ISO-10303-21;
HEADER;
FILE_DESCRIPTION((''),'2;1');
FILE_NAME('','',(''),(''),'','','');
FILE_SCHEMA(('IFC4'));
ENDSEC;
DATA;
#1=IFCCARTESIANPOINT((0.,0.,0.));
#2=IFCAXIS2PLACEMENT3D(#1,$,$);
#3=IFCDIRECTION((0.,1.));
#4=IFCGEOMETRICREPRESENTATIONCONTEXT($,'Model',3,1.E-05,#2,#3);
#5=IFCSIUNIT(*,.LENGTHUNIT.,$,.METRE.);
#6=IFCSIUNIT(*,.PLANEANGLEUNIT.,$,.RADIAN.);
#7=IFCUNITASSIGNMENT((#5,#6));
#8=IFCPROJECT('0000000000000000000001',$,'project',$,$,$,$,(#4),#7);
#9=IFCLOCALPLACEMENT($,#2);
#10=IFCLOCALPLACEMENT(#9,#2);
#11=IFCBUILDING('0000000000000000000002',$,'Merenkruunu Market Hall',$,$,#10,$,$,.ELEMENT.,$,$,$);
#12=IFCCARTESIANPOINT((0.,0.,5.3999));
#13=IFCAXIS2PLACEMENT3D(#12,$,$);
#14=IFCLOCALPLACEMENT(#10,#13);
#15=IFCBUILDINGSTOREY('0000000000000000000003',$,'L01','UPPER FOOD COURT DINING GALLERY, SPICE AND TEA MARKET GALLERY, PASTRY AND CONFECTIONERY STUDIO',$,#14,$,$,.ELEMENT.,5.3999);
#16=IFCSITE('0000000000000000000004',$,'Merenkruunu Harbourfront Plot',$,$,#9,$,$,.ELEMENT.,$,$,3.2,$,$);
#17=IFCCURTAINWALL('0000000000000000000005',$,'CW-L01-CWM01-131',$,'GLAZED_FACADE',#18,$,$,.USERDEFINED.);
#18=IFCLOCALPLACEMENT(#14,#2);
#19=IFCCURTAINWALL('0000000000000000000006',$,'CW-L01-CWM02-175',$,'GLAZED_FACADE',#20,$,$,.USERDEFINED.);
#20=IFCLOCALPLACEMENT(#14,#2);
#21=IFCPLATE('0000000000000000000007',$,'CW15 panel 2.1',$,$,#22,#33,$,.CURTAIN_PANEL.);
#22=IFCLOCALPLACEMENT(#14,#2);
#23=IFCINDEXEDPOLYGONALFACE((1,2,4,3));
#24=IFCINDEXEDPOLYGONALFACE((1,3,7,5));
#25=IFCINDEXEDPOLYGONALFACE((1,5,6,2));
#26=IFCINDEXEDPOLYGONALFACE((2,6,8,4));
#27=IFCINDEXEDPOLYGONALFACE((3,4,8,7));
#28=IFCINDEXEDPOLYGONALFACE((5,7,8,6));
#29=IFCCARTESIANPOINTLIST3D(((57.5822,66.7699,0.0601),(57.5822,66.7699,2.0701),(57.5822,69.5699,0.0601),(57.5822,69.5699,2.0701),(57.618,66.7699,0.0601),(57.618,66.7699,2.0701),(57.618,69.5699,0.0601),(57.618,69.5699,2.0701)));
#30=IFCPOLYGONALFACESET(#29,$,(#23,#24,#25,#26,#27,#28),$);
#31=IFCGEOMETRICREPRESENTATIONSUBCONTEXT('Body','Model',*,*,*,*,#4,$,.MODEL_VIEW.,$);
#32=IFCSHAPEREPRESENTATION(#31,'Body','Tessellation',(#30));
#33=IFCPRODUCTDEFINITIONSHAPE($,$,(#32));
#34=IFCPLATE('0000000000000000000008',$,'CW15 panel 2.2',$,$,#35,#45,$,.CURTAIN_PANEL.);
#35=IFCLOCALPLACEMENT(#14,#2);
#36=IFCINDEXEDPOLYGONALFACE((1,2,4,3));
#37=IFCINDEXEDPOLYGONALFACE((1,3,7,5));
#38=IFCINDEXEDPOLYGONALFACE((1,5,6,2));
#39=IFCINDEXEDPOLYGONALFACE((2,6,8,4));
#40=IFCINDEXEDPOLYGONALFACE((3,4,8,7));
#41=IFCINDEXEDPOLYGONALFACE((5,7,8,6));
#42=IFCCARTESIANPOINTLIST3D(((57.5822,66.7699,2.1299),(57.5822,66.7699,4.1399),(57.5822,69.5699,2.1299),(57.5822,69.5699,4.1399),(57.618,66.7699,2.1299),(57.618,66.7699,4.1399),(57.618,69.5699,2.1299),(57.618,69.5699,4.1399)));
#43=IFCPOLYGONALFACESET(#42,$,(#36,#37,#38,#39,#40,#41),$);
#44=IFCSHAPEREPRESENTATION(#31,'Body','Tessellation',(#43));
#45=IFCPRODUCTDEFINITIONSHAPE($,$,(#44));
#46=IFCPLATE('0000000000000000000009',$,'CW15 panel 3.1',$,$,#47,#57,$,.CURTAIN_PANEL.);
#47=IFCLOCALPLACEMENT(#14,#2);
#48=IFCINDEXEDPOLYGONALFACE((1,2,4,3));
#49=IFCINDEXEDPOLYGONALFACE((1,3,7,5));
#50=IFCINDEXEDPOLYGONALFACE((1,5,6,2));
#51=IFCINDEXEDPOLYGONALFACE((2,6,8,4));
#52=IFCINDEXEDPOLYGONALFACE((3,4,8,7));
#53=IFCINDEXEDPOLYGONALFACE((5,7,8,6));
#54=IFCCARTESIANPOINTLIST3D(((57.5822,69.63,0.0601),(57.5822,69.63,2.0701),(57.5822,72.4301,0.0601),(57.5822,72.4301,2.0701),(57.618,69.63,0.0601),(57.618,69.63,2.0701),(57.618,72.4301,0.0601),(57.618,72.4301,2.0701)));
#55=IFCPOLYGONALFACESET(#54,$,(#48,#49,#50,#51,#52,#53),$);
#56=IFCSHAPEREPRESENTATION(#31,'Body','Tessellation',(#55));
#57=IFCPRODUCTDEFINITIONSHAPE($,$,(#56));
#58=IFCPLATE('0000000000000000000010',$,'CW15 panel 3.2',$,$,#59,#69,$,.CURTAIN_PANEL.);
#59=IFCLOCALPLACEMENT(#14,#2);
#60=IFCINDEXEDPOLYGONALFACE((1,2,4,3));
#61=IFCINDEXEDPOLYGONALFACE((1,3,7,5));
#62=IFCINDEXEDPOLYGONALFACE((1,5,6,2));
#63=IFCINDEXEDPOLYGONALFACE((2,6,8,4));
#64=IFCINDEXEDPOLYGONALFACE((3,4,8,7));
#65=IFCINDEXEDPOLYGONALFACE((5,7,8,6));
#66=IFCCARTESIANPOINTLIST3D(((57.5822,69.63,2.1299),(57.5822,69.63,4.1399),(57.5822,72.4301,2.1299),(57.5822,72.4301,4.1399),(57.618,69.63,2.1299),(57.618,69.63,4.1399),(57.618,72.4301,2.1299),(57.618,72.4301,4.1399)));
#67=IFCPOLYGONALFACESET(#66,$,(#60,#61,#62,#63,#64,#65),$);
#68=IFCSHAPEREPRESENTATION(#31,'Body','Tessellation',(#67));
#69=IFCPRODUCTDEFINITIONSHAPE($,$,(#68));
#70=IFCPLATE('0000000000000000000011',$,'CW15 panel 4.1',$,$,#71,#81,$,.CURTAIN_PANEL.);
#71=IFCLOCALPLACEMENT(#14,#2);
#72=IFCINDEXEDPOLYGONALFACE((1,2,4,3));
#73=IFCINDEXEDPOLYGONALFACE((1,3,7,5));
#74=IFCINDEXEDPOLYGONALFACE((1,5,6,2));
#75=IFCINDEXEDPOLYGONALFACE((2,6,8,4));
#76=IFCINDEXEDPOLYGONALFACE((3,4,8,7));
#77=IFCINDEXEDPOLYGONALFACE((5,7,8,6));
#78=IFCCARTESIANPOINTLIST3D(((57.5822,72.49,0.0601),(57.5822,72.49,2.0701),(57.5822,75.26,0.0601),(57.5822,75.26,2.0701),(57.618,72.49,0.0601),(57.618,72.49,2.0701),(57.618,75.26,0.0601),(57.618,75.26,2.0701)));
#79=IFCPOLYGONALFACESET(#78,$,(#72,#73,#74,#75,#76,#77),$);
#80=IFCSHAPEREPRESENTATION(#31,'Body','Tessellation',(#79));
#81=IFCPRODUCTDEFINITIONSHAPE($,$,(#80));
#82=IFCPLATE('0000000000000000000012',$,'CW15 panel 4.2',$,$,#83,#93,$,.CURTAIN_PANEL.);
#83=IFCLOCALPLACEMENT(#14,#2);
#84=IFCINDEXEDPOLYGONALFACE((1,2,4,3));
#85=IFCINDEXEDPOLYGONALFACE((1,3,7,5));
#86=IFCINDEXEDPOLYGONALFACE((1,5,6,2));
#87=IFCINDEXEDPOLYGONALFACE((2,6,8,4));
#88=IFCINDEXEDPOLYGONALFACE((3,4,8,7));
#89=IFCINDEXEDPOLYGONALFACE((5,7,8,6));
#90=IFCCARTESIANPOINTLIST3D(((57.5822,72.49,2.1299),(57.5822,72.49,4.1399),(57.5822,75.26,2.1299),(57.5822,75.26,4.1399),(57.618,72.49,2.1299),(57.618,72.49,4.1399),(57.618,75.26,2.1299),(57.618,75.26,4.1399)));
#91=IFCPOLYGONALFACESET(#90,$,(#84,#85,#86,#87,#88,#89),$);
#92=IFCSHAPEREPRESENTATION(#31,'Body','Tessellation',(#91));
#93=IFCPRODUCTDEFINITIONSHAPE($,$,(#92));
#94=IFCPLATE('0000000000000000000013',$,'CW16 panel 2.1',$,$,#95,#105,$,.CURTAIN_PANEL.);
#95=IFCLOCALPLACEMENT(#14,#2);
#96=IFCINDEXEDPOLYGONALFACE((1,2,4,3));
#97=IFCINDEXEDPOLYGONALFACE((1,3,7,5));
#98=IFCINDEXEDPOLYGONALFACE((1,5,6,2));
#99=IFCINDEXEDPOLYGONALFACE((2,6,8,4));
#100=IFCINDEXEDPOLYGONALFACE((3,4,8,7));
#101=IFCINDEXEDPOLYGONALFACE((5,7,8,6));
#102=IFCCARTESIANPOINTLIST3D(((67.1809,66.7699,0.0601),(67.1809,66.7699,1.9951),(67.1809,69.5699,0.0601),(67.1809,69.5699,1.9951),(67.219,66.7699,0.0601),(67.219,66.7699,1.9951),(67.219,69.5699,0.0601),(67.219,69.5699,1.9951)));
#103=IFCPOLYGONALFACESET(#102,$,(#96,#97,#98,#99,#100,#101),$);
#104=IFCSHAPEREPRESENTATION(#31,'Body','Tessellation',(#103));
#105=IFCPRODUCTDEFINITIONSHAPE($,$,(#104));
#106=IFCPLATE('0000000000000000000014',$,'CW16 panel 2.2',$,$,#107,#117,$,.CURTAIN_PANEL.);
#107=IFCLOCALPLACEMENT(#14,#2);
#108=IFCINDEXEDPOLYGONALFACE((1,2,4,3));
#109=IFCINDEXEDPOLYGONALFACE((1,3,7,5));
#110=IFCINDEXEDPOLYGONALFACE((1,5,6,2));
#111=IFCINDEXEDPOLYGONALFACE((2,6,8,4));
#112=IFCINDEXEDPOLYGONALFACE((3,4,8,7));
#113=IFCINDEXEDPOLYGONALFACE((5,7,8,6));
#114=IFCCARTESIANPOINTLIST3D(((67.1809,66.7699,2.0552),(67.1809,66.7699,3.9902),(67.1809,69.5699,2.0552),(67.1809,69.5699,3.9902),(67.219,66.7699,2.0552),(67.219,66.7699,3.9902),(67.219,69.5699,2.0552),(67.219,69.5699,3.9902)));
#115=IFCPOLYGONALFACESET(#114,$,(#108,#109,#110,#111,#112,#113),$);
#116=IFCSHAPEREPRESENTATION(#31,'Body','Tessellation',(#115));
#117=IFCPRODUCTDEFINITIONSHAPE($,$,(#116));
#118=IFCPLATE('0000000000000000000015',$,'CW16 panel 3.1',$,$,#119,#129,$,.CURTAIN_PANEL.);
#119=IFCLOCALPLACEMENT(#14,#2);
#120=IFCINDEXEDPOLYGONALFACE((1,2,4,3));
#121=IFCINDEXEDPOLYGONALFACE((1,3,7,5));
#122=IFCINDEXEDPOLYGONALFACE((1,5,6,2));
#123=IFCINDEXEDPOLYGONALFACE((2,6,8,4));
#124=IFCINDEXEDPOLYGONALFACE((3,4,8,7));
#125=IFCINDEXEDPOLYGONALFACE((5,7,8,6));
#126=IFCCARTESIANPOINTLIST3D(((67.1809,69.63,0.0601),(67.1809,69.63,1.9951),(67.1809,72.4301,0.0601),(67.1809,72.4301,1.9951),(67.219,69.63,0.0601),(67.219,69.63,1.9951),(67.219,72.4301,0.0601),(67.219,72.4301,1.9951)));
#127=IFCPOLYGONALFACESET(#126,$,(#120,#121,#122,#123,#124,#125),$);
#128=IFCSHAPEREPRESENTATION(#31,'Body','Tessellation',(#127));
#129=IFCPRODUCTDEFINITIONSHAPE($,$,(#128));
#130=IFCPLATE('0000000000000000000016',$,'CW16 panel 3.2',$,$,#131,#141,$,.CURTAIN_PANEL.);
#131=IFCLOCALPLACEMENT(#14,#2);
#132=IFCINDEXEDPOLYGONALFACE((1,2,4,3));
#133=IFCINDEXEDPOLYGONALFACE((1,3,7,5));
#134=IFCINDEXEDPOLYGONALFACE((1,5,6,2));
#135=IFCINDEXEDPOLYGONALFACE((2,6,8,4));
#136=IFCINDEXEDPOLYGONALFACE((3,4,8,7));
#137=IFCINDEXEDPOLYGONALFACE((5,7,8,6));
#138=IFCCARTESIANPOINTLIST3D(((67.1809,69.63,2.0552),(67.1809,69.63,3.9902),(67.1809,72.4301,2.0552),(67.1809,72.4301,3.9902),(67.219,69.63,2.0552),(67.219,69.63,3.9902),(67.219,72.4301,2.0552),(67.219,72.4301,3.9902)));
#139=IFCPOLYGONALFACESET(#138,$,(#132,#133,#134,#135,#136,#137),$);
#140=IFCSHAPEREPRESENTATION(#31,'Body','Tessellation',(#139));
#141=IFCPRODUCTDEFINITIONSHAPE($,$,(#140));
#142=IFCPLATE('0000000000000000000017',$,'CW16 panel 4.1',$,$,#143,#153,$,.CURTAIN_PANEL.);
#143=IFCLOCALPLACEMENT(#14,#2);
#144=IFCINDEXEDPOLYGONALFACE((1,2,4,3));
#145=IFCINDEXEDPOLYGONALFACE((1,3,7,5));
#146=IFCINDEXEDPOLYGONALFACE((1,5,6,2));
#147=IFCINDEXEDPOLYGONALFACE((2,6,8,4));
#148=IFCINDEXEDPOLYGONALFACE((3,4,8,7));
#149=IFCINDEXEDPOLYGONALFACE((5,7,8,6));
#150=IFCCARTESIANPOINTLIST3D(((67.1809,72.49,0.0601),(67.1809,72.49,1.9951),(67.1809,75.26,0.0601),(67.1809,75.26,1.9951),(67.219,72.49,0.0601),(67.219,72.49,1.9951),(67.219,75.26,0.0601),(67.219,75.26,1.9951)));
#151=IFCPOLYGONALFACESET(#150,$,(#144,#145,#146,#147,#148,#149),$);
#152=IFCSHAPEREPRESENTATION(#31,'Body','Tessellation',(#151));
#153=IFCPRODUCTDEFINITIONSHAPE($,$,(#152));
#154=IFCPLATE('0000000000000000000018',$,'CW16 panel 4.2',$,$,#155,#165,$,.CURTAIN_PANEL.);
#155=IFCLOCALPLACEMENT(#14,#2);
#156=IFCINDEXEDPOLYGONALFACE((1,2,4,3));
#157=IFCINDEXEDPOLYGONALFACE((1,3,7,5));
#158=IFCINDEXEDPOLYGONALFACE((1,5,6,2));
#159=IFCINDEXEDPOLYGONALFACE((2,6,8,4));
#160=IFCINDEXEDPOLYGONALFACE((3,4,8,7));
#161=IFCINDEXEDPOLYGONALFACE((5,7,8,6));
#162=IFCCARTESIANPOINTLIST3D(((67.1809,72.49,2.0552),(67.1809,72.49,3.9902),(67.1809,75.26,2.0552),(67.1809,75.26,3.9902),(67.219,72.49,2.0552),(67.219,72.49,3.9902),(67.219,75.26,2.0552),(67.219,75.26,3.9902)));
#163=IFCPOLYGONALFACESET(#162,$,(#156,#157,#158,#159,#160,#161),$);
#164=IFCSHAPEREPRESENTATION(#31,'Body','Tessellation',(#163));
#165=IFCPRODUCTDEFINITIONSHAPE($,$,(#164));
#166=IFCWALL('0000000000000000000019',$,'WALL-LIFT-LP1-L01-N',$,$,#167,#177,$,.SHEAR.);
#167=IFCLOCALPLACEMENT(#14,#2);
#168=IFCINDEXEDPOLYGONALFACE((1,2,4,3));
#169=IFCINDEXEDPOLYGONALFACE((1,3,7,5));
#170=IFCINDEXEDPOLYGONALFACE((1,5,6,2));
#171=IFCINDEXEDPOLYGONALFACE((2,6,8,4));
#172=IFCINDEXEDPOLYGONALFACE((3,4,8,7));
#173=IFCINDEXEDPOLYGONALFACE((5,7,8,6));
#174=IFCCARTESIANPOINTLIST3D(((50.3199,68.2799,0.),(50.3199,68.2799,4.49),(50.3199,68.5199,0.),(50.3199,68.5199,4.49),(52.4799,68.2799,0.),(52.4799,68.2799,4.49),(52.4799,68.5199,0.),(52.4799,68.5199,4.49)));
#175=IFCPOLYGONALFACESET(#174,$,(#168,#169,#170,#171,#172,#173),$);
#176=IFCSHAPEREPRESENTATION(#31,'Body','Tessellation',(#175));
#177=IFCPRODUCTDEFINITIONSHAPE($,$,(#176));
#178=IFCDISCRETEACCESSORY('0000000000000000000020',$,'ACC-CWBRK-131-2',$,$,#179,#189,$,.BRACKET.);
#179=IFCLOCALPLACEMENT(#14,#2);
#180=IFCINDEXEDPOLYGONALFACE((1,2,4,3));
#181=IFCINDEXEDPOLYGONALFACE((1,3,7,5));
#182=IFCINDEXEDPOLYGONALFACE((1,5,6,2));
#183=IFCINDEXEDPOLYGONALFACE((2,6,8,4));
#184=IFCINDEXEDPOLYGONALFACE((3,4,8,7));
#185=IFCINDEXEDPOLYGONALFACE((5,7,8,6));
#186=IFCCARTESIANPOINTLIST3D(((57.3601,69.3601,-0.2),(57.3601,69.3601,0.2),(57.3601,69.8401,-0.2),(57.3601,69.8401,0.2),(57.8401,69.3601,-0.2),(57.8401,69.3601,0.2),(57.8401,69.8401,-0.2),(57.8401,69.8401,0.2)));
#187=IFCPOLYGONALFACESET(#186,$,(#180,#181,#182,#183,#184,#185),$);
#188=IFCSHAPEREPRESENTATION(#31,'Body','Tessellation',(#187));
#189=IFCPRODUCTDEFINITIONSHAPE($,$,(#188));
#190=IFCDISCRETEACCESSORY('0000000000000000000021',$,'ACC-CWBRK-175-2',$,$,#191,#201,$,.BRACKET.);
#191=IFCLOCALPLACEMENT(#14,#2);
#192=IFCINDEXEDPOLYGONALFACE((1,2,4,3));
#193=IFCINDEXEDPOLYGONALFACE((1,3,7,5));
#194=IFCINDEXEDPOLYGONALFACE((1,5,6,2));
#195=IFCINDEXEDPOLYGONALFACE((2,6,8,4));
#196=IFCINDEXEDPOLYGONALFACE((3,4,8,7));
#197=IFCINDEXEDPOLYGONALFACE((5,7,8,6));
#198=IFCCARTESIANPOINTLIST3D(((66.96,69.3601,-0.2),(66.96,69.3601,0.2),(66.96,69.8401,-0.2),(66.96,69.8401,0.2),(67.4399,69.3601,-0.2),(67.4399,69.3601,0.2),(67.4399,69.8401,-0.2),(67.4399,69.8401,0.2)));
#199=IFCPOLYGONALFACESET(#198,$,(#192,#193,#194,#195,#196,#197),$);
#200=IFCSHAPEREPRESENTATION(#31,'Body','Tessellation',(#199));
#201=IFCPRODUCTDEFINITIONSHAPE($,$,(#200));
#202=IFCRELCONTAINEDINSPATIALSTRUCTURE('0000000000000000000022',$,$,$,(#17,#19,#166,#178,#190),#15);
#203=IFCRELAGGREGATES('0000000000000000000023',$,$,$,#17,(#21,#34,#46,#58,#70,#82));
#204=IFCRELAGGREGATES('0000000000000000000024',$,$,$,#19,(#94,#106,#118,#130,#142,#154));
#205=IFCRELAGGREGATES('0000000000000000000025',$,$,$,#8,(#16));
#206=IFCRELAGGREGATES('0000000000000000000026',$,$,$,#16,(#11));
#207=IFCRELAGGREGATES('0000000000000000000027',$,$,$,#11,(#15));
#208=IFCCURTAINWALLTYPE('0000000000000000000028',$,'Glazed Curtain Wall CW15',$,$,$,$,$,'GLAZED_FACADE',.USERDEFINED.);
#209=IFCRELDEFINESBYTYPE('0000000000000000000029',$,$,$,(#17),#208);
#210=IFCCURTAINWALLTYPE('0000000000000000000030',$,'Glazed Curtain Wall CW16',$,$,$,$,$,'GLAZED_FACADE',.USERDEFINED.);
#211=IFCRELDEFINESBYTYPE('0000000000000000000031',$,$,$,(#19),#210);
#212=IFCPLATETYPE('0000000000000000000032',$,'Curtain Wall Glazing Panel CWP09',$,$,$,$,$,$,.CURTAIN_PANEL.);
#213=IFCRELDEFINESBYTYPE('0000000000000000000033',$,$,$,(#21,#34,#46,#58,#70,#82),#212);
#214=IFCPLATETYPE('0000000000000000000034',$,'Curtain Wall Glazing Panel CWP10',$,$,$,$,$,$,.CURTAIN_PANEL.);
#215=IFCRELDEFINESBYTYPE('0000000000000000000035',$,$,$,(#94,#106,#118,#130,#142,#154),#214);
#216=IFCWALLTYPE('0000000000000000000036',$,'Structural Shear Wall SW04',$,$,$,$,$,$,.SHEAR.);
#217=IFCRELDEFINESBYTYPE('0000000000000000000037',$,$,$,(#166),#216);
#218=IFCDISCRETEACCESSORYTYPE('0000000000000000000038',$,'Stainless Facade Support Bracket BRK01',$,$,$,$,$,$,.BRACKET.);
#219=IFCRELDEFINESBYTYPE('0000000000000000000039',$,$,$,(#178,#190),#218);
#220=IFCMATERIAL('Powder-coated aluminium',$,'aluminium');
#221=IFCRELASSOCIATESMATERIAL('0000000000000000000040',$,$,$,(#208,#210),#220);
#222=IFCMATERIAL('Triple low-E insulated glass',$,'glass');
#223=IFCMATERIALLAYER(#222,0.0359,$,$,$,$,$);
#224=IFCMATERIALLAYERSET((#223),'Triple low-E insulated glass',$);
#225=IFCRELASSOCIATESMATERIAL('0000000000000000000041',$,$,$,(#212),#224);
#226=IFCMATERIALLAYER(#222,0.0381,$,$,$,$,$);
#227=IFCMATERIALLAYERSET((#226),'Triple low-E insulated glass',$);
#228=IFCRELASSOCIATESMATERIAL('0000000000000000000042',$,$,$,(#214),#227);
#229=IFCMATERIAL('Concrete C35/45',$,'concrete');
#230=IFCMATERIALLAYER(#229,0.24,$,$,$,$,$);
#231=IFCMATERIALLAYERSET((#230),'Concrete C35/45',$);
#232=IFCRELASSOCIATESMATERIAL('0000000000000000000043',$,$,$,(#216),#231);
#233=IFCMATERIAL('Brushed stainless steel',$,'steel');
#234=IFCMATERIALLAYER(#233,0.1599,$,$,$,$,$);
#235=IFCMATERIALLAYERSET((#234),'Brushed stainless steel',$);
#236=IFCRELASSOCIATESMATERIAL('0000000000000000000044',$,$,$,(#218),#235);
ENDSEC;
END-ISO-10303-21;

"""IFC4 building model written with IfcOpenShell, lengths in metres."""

from ifc_helpers import new_model, si_unit, direction, frame, frame_2d, origin, origin_2d, place, context, subcontext, project, spatial, rectangle, extrude, material, layer, layer_set, type_object, element, aggregate, save


model = new_model("IFC4")

# Units and contexts
model_context = context("Model", 3, precision=1e-05, world=origin(), true_north=direction((0.0, 1.0)))
body_context = subcontext(model_context, "Body", "Model", "MODEL_VIEW")
ifc_project = project(units=[si_unit("LENGTHUNIT", "METRE"), si_unit("PLANEANGLEUNIT", "RADIAN")], contexts=[model_context])

# Site, building, storey
site_placement = place(None, origin())
site = spatial("IfcSite", under=ifc_project, at=site_placement, Name="Merenkruunu Harbourfront Plot", CompositionType="ELEMENT", RefElevation=3.2)
building_placement = place(site_placement, origin())
building = spatial("IfcBuilding", under=site, at=building_placement, Name="Merenkruunu Market Hall", CompositionType="ELEMENT")
storey_placement = place(building_placement, frame((0.0, 0.0, 5.3999)))
storey = spatial("IfcBuildingStorey", under=building, at=storey_placement, Name="L01", Description="UPPER FOOD COURT DINING GALLERY, SPICE AND TEA MARKET GALLERY, PASTRY AND CONFECTIONERY STUDIO", CompositionType="ELEMENT", Elevation=5.3999)

# Curtain walls
ifc_material_1 = material(Name="Powder-coated aluminium", Category="aluminium")
curtain_wall_type_1 = type_object("IfcCurtainWallType", Name="Glazed Curtain Wall CW15", ElementType="GLAZED_FACADE", PredefinedType="USERDEFINED", material=ifc_material_1)
curtain_wall_1_placement = place(storey_placement, origin())
curtain_wall_1 = element("IfcCurtainWall", 1, at=curtain_wall_1_placement, inside=storey, type_object=curtain_wall_type_1, Name="CW-L01-CWM01-131", ObjectType="GLAZED_FACADE", PredefinedType="USERDEFINED")
curtain_wall_type_2 = type_object("IfcCurtainWallType", Name="Glazed Curtain Wall CW16", ElementType="GLAZED_FACADE", PredefinedType="USERDEFINED", material=ifc_material_1)
curtain_wall_2_placement = place(storey_placement, origin())
curtain_wall_2 = element("IfcCurtainWall", 2, at=curtain_wall_2_placement, inside=storey, type_object=curtain_wall_type_2, Name="CW-L01-CWM02-175", ObjectType="GLAZED_FACADE", PredefinedType="USERDEFINED")

# Plates
ifc_material_2 = material(Name="Triple low-E insulated glass", Category="glass")
ifc_layer_1 = layer(ifc_material_2, 0.0359)
ifc_layer_set_1 = layer_set([ifc_layer_1], Name="Triple low-E insulated glass")
plate_type_1 = type_object("IfcPlateType", Name="Curtain Wall Glazing Panel CWP09", PredefinedType="CURTAIN_PANEL", material=ifc_layer_set_1)
plate_1_placement = place(storey_placement, frame((57.6001, 68.1699, 0.0601), z_axis=(0.0, 0.0, 1.0), x_axis=(0.0, 1.0, 0.0)))
plate_1 = element("IfcPlate", 3, at=plate_1_placement, type_object=plate_type_1, Name="CW15 panel 2.1", PredefinedType="CURTAIN_PANEL", context=body_context, shape_type="SweptSolid", body=[
    extrude(rectangle(XDim=2.8, YDim=0.0359, at=origin_2d()), origin(), (0.0, 0.0, 1.0), 2.01),
])
plate_2_placement = place(storey_placement, frame((57.6001, 68.1699, 2.1299), z_axis=(0.0, 0.0, 1.0), x_axis=(0.0, 1.0, 0.0)))
plate_2 = element("IfcPlate", 4, at=plate_2_placement, type_object=plate_type_1, Name="CW15 panel 2.2", PredefinedType="CURTAIN_PANEL", context=body_context, shape_type="SweptSolid", body=[
    extrude(rectangle(XDim=2.8, YDim=0.0359, at=origin_2d()), origin(), (0.0, 0.0, 1.0), 2.01),
])
plate_3_placement = place(storey_placement, frame((57.6001, 71.03, 0.0601), z_axis=(0.0, 0.0, 1.0), x_axis=(0.0, 1.0, 0.0)))
plate_3 = element("IfcPlate", 5, at=plate_3_placement, type_object=plate_type_1, Name="CW15 panel 3.1", PredefinedType="CURTAIN_PANEL", context=body_context, shape_type="SweptSolid", body=[
    extrude(rectangle(XDim=2.8, YDim=0.0359, at=origin_2d()), origin(), (0.0, 0.0, 1.0), 2.01),
])
plate_4_placement = place(storey_placement, frame((57.6001, 71.03, 2.1299), z_axis=(0.0, 0.0, 1.0), x_axis=(0.0, 1.0, 0.0)))
plate_4 = element("IfcPlate", 6, at=plate_4_placement, type_object=plate_type_1, Name="CW15 panel 3.2", PredefinedType="CURTAIN_PANEL", context=body_context, shape_type="SweptSolid", body=[
    extrude(rectangle(XDim=2.8, YDim=0.0359, at=origin_2d()), origin(), (0.0, 0.0, 1.0), 2.01),
])
plate_5_placement = place(storey_placement, frame((57.6001, 73.875, 0.0601), z_axis=(0.0, 0.0, 1.0), x_axis=(0.0, 1.0, 0.0)))
plate_5 = element("IfcPlate", 7, at=plate_5_placement, type_object=plate_type_1, Name="CW15 panel 4.1", PredefinedType="CURTAIN_PANEL", context=body_context, shape_type="SweptSolid", body=[
    extrude(rectangle(XDim=2.77, YDim=0.0359, at=origin_2d()), origin(), (0.0, 0.0, 1.0), 2.01),
])
plate_6_placement = place(storey_placement, frame((57.6001, 73.875, 2.1299), z_axis=(0.0, 0.0, 1.0), x_axis=(0.0, 1.0, 0.0)))
plate_6 = element("IfcPlate", 8, at=plate_6_placement, type_object=plate_type_1, Name="CW15 panel 4.2", PredefinedType="CURTAIN_PANEL", context=body_context, shape_type="SweptSolid", body=[
    extrude(rectangle(XDim=2.77, YDim=0.0359, at=origin_2d()), origin(), (0.0, 0.0, 1.0), 2.01),
])
aggregate(curtain_wall_1, [plate_1, plate_2, plate_3, plate_4, plate_5, plate_6])
ifc_layer_2 = layer(ifc_material_2, 0.0381)
ifc_layer_set_2 = layer_set([ifc_layer_2], Name="Triple low-E insulated glass")
plate_type_2 = type_object("IfcPlateType", Name="Curtain Wall Glazing Panel CWP10", PredefinedType="CURTAIN_PANEL", material=ifc_layer_set_2)
plate_7_placement = place(storey_placement, frame((67.2, 68.1699, 0.0601), z_axis=(0.0, 0.0, 1.0), x_axis=(0.0, 1.0, 0.0)))
plate_7 = element("IfcPlate", 9, at=plate_7_placement, type_object=plate_type_2, Name="CW16 panel 2.1", PredefinedType="CURTAIN_PANEL", context=body_context, shape_type="SweptSolid", body=[
    extrude(rectangle(XDim=2.8, YDim=0.0381, at=origin_2d()), origin(), (0.0, 0.0, 1.0), 1.9351),
])
plate_8_placement = place(storey_placement, frame((67.2, 68.1699, 2.0552), z_axis=(0.0, 0.0, 1.0), x_axis=(0.0, 1.0, 0.0)))
plate_8 = element("IfcPlate", 10, at=plate_8_placement, type_object=plate_type_2, Name="CW16 panel 2.2", PredefinedType="CURTAIN_PANEL", context=body_context, shape_type="SweptSolid", body=[
    extrude(rectangle(XDim=2.8, YDim=0.0381, at=origin_2d()), origin(), (0.0, 0.0, 1.0), 1.9351),
])
plate_9_placement = place(storey_placement, frame((67.2, 71.03, 0.0601), z_axis=(0.0, 0.0, 1.0), x_axis=(0.0, 1.0, 0.0)))
plate_9 = element("IfcPlate", 11, at=plate_9_placement, type_object=plate_type_2, Name="CW16 panel 3.1", PredefinedType="CURTAIN_PANEL", context=body_context, shape_type="SweptSolid", body=[
    extrude(rectangle(XDim=2.8, YDim=0.0381, at=origin_2d()), origin(), (0.0, 0.0, 1.0), 1.9351),
])
plate_10_placement = place(storey_placement, frame((67.2, 71.03, 2.0552), z_axis=(0.0, 0.0, 1.0), x_axis=(0.0, 1.0, 0.0)))
plate_10 = element("IfcPlate", 12, at=plate_10_placement, type_object=plate_type_2, Name="CW16 panel 3.2", PredefinedType="CURTAIN_PANEL", context=body_context, shape_type="SweptSolid", body=[
    extrude(rectangle(XDim=2.8, YDim=0.0381, at=origin_2d()), origin(), (0.0, 0.0, 1.0), 1.9351),
])
plate_11_placement = place(storey_placement, frame((67.2, 73.875, 0.0601), z_axis=(0.0, 0.0, 1.0), x_axis=(0.0, 1.0, 0.0)))
plate_11 = element("IfcPlate", 13, at=plate_11_placement, type_object=plate_type_2, Name="CW16 panel 4.1", PredefinedType="CURTAIN_PANEL", context=body_context, shape_type="SweptSolid", body=[
    extrude(rectangle(XDim=2.77, YDim=0.0381, at=origin_2d()), origin(), (0.0, 0.0, 1.0), 1.9351),
])
plate_12_placement = place(storey_placement, frame((67.2, 73.875, 2.0552), z_axis=(0.0, 0.0, 1.0), x_axis=(0.0, 1.0, 0.0)))
plate_12 = element("IfcPlate", 14, at=plate_12_placement, type_object=plate_type_2, Name="CW16 panel 4.2", PredefinedType="CURTAIN_PANEL", context=body_context, shape_type="SweptSolid", body=[
    extrude(rectangle(XDim=2.77, YDim=0.0381, at=origin_2d()), origin(), (0.0, 0.0, 1.0), 1.9351),
])
aggregate(curtain_wall_2, [plate_7, plate_8, plate_9, plate_10, plate_11, plate_12])

# Wall
ifc_material_3 = material(Name="Concrete C35/45", Category="concrete")
ifc_layer_3 = layer(ifc_material_3, 0.24)
ifc_layer_set_3 = layer_set([ifc_layer_3], Name="Concrete C35/45")
wall_type = type_object("IfcWallType", Name="Structural Shear Wall SW04", PredefinedType="SHEAR", material=ifc_layer_set_3)
wall_placement = place(storey_placement, frame((52.48, 68.3999, 0.0), z_axis=(0.0, 0.0, 1.0), x_axis=(-1.0, 0.0, 0.0)))
element("IfcWall", 15, at=wall_placement, inside=storey, type_object=wall_type, Name="WALL-LIFT-LP1-L01-N", PredefinedType="SHEAR", context=body_context, shape_type="SweptSolid", body=[
    extrude(rectangle(XDim=2.1599, YDim=0.24, at=frame_2d((1.0801, 0.0))), origin(), (0.0, 0.0, 1.0), 4.49),
])

# Discrete accessories
ifc_material_4 = material(Name="Brushed stainless steel", Category="steel")
ifc_layer_4 = layer(ifc_material_4, 0.1599)
ifc_layer_set_4 = layer_set([ifc_layer_4], Name="Brushed stainless steel")
discrete_accessory_type = type_object("IfcDiscreteAccessoryType", Name="Stainless Facade Support Bracket BRK01", PredefinedType="BRACKET", material=ifc_layer_set_4)
for number, where, z_axis, x_axis, name in (
    (16, (57.6001, 69.6001, -0.2), (0.0, 0.0, 1.0), (1.0, 0.0, 0.0), "ACC-CWBRK-131-2"),
    (17, (67.2, 69.6001, -0.2), (0.0, 0.0, 1.0), (1.0, 0.0, 0.0), "ACC-CWBRK-175-2"),
):
    element("IfcDiscreteAccessory", number, at=place(storey_placement, frame(where, z_axis=z_axis, x_axis=x_axis)), inside=storey, type_object=discrete_accessory_type, Name=name, PredefinedType="BRACKET", context=body_context, shape_type="SweptSolid", body=[
        extrude(rectangle(XDim=0.48, YDim=0.48, at=origin_2d()), origin(), (0.0, 0.0, 1.0), 0.3999),
    ])

save(model, "model.ifc")
